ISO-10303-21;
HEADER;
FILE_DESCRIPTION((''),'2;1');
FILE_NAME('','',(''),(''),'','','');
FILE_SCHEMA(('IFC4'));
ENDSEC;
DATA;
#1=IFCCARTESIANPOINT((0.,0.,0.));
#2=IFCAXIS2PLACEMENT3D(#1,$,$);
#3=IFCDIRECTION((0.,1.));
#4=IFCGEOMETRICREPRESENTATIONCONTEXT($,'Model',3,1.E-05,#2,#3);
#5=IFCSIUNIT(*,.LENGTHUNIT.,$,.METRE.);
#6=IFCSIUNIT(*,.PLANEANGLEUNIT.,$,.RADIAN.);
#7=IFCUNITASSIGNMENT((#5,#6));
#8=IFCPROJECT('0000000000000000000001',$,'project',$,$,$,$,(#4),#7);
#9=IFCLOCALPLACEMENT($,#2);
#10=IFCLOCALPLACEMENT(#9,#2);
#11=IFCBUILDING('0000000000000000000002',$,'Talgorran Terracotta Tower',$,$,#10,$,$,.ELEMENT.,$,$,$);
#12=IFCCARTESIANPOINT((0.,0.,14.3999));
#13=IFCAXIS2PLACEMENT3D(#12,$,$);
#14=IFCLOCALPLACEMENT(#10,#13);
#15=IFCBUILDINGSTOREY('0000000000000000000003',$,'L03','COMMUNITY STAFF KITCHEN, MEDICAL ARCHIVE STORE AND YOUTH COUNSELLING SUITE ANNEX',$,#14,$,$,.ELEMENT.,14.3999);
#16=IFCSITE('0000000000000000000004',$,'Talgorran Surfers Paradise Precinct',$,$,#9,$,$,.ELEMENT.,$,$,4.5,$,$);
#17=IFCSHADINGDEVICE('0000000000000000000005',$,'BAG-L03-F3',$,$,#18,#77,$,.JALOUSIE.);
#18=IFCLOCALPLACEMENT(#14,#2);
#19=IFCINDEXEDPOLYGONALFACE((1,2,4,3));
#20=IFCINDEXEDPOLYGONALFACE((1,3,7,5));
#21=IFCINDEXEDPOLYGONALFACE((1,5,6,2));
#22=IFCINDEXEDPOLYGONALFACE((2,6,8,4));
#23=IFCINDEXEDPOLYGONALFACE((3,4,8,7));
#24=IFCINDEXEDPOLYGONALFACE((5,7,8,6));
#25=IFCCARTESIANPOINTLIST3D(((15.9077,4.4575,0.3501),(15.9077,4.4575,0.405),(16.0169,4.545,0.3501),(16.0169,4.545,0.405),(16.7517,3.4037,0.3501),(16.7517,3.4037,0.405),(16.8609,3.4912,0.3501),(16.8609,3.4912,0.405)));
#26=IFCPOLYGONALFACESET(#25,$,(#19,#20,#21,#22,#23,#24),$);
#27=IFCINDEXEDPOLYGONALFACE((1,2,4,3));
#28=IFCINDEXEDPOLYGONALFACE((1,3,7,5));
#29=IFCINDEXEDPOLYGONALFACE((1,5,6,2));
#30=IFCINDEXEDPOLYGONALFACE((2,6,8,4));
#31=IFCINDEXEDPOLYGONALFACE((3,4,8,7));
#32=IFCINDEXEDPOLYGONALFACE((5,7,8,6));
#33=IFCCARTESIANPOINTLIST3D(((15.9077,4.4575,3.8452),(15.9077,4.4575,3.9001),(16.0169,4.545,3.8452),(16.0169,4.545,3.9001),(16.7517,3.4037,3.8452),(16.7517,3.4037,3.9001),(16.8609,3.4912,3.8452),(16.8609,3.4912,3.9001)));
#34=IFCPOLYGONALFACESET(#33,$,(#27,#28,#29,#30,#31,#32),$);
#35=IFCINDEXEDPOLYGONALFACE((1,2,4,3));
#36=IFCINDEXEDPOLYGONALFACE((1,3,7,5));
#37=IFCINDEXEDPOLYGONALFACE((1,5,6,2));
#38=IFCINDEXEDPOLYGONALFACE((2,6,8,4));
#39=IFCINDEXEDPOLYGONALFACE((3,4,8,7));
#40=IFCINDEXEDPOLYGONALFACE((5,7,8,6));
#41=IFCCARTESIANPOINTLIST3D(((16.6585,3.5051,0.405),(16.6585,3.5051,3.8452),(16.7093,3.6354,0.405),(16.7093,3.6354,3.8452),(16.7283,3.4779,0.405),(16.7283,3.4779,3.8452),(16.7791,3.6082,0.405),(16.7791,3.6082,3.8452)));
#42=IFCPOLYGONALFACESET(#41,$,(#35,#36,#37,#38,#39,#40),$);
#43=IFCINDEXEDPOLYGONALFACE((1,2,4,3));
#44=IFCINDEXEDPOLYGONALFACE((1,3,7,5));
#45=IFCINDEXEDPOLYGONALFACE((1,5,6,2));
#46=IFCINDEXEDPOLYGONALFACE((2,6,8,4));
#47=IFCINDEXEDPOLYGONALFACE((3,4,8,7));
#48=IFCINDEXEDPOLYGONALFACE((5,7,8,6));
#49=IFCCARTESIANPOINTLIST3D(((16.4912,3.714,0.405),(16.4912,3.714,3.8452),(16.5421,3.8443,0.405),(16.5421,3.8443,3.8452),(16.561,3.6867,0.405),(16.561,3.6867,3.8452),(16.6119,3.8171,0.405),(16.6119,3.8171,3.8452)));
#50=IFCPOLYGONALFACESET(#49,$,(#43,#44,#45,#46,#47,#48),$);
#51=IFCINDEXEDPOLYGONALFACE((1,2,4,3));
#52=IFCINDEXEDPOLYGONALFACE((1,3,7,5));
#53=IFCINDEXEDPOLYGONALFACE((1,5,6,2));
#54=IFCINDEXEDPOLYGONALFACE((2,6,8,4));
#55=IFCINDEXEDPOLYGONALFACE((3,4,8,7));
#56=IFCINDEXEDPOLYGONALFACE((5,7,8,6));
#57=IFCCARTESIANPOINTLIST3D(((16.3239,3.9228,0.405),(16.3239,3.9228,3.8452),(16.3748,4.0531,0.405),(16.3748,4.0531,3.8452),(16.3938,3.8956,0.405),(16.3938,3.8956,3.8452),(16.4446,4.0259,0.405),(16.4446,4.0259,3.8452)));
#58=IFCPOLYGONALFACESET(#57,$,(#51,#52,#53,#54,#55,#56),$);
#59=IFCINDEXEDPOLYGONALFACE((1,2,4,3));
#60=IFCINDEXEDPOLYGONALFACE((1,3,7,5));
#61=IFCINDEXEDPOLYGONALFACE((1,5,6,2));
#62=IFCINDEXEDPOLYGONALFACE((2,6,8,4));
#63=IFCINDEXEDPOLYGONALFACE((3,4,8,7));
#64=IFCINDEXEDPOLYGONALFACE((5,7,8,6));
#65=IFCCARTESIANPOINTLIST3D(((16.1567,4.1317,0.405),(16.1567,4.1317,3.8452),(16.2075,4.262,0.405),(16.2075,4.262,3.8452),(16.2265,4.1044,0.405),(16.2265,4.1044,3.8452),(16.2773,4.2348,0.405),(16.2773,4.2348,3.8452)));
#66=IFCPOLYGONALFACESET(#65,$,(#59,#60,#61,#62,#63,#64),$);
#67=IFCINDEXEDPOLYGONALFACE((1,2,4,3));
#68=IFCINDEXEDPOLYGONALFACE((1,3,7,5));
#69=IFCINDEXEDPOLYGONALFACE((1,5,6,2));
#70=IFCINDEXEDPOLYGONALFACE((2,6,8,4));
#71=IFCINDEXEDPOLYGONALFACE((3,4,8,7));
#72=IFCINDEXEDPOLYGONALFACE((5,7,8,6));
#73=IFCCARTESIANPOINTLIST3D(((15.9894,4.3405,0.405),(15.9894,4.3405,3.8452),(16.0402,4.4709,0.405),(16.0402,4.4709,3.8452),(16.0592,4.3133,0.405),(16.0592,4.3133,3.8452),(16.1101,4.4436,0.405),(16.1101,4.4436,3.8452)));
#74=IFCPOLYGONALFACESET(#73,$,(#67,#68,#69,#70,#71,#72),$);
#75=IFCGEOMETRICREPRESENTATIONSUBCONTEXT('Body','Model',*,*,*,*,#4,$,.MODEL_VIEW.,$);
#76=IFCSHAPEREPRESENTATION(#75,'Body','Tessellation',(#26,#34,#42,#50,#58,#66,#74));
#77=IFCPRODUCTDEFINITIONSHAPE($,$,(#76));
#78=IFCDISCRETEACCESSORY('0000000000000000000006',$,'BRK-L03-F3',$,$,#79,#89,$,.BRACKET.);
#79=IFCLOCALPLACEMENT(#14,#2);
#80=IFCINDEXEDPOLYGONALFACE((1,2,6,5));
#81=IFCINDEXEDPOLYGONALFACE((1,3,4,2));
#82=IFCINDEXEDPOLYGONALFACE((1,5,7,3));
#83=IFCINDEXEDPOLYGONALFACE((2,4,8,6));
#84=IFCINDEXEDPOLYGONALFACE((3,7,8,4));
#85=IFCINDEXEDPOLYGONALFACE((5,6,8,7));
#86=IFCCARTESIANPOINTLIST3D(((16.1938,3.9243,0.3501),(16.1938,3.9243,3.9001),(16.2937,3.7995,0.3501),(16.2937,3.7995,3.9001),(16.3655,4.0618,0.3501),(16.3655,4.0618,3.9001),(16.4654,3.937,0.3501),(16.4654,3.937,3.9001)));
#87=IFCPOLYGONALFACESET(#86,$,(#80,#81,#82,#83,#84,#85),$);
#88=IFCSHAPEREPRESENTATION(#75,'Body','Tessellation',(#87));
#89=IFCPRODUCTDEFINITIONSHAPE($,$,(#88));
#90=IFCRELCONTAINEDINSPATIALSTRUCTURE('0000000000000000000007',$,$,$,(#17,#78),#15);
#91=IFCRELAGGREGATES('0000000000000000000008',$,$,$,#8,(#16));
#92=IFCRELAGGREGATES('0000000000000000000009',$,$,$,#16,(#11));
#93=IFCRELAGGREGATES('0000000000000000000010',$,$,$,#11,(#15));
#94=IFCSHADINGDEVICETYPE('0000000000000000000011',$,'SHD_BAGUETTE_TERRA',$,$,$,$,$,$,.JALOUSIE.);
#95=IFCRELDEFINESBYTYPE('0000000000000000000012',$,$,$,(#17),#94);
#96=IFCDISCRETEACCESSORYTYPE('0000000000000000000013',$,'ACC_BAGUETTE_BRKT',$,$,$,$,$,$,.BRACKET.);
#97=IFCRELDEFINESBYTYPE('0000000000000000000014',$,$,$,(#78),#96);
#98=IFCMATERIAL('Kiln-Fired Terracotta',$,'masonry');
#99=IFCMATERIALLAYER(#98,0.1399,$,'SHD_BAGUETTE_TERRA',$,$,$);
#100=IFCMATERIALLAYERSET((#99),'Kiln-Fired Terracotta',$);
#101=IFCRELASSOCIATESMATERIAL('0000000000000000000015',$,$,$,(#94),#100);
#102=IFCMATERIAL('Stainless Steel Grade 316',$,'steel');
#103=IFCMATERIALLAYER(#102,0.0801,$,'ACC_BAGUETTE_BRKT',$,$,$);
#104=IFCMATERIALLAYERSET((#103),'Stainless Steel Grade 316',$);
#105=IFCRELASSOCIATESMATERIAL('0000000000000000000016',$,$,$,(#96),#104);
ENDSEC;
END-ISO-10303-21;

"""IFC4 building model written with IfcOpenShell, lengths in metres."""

from ifc_helpers import new_model, si_unit, direction, frame, origin, origin_2d, place, context, subcontext, project, spatial, rectangle, extrude, source, transform, mapped, material, layer, layer_set, type_object, type_shapes, element, save


model = new_model("IFC4")

# Units and contexts
model_context = context("Model", 3, precision=1e-05, world=origin(), true_north=direction((0.0, 1.0)))
body_context = subcontext(model_context, "Body", "Model", "MODEL_VIEW")
ifc_project = project(units=[si_unit("LENGTHUNIT", "METRE"), si_unit("PLANEANGLEUNIT", "RADIAN")], contexts=[model_context])

# Site, building, storey
site_placement = place(None, origin())
site = spatial("IfcSite", under=ifc_project, at=site_placement, Name="Talgorran Surfers Paradise Precinct", CompositionType="ELEMENT", RefElevation=4.5)
building_placement = place(site_placement, origin())
building = spatial("IfcBuilding", under=site, at=building_placement, Name="Talgorran Terracotta Tower", CompositionType="ELEMENT")
storey_placement = place(building_placement, frame((0.0, 0.0, 14.3999)))
storey = spatial("IfcBuildingStorey", under=building, at=storey_placement, Name="L03", Description="COMMUNITY STAFF KITCHEN, MEDICAL ARCHIVE STORE AND YOUTH COUNSELLING SUITE ANNEX", CompositionType="ELEMENT", Elevation=14.3999)

# Shading device
ifc_material_1 = material(Name="Kiln-Fired Terracotta", Category="masonry")
ifc_layer_1 = layer(ifc_material_1, 0.1399, Name="SHD_BAGUETTE_TERRA")
ifc_layer_set_1 = layer_set([ifc_layer_1], Name="Kiln-Fired Terracotta")
shading_device_type = type_object("IfcShadingDeviceType", Name="SHD_BAGUETTE_TERRA", PredefinedType="JALOUSIE", material=ifc_layer_set_1)
shared_shape_1 = source(origin(), body_context, "Body", "SweptSolid", [
    extrude(rectangle(XDim=1.3501, YDim=0.1399, at=origin_2d()), origin(), (0.0, 0.0, 1.0), 0.0549),
    extrude(rectangle(XDim=1.3501, YDim=0.1399, at=origin_2d()), frame((0.0, 0.0, 3.4951)), (0.0, 0.0, 1.0), 0.0549),
    extrude(rectangle(XDim=0.075, YDim=0.1399, at=origin_2d()), frame((-0.5352, 0.0, 0.0549), z_axis=(0.0, 0.0, 1.0), x_axis=(0.866025, 0.5, 0.0)), (0.0, 0.0, 1.0), 3.4402),
    extrude(rectangle(XDim=0.075, YDim=0.1399, at=origin_2d()), frame((-0.2676, 0.0, 0.0549), z_axis=(0.0, 0.0, 1.0), x_axis=(0.866025, 0.5, 0.0)), (0.0, 0.0, 1.0), 3.4402),
    extrude(rectangle(XDim=0.075, YDim=0.1399, at=origin_2d()), frame((0.0, 0.0, 0.0549), z_axis=(0.0, 0.0, 1.0), x_axis=(0.866025, 0.5, 0.0)), (0.0, 0.0, 1.0), 3.4402),
    extrude(rectangle(XDim=0.075, YDim=0.1399, at=origin_2d()), frame((0.2676, 0.0, 0.0549), z_axis=(0.0, 0.0, 1.0), x_axis=(0.866025, 0.5, 0.0)), (0.0, 0.0, 1.0), 3.4402),
    extrude(rectangle(XDim=0.075, YDim=0.1399, at=origin_2d()), frame((0.5352, 0.0, 0.0549), z_axis=(0.0, 0.0, 1.0), x_axis=(0.866025, 0.5, 0.0)), (0.0, 0.0, 1.0), 3.4402),
])
type_shapes(shading_device_type, [shared_shape_1])
shading_device_placement = place(storey_placement, frame((16.3843, 3.9744, 0.3501), z_axis=(0.0, 0.0, 1.0), x_axis=(-0.62512, 0.780529, 0.0)))
element("IfcShadingDevice", 1, at=shading_device_placement, inside=storey, type_object=shading_device_type, Name="BAG-L03-F3", PredefinedType="JALOUSIE", context=body_context, shape_type="MappedRepresentation", body=[
    mapped(shared_shape_1, transform((0.0, 0.0, 0.0), scale=1.0)),
])

# Discrete accessory
ifc_material_2 = material(Name="Stainless Steel Grade 316", Category="steel")
ifc_layer_2 = layer(ifc_material_2, 0.0801, Name="ACC_BAGUETTE_BRKT")
ifc_layer_set_2 = layer_set([ifc_layer_2], Name="Stainless Steel Grade 316")
discrete_accessory_type = type_object("IfcDiscreteAccessoryType", Name="ACC_BAGUETTE_BRKT", PredefinedType="BRACKET", material=ifc_layer_set_2)
shared_shape_2 = source(origin(), body_context, "Body", "SweptSolid", [
    extrude(rectangle(XDim=0.1599, YDim=0.22, at=origin_2d()), origin(), (0.0, 0.0, 1.0), 3.55),
])
type_shapes(discrete_accessory_type, [shared_shape_2])
discrete_accessory_placement = place(storey_placement, frame((16.3296, 3.9307, 0.3501), z_axis=(0.0, 0.0, 1.0), x_axis=(-0.62512, 0.780529, 0.0)))
element("IfcDiscreteAccessory", 2, at=discrete_accessory_placement, inside=storey, type_object=discrete_accessory_type, Name="BRK-L03-F3", PredefinedType="BRACKET", context=body_context, shape_type="MappedRepresentation", body=[
    mapped(shared_shape_2, transform((0.0, 0.0, 0.0), scale=1.0)),
])

save(model, "model.ifc")
